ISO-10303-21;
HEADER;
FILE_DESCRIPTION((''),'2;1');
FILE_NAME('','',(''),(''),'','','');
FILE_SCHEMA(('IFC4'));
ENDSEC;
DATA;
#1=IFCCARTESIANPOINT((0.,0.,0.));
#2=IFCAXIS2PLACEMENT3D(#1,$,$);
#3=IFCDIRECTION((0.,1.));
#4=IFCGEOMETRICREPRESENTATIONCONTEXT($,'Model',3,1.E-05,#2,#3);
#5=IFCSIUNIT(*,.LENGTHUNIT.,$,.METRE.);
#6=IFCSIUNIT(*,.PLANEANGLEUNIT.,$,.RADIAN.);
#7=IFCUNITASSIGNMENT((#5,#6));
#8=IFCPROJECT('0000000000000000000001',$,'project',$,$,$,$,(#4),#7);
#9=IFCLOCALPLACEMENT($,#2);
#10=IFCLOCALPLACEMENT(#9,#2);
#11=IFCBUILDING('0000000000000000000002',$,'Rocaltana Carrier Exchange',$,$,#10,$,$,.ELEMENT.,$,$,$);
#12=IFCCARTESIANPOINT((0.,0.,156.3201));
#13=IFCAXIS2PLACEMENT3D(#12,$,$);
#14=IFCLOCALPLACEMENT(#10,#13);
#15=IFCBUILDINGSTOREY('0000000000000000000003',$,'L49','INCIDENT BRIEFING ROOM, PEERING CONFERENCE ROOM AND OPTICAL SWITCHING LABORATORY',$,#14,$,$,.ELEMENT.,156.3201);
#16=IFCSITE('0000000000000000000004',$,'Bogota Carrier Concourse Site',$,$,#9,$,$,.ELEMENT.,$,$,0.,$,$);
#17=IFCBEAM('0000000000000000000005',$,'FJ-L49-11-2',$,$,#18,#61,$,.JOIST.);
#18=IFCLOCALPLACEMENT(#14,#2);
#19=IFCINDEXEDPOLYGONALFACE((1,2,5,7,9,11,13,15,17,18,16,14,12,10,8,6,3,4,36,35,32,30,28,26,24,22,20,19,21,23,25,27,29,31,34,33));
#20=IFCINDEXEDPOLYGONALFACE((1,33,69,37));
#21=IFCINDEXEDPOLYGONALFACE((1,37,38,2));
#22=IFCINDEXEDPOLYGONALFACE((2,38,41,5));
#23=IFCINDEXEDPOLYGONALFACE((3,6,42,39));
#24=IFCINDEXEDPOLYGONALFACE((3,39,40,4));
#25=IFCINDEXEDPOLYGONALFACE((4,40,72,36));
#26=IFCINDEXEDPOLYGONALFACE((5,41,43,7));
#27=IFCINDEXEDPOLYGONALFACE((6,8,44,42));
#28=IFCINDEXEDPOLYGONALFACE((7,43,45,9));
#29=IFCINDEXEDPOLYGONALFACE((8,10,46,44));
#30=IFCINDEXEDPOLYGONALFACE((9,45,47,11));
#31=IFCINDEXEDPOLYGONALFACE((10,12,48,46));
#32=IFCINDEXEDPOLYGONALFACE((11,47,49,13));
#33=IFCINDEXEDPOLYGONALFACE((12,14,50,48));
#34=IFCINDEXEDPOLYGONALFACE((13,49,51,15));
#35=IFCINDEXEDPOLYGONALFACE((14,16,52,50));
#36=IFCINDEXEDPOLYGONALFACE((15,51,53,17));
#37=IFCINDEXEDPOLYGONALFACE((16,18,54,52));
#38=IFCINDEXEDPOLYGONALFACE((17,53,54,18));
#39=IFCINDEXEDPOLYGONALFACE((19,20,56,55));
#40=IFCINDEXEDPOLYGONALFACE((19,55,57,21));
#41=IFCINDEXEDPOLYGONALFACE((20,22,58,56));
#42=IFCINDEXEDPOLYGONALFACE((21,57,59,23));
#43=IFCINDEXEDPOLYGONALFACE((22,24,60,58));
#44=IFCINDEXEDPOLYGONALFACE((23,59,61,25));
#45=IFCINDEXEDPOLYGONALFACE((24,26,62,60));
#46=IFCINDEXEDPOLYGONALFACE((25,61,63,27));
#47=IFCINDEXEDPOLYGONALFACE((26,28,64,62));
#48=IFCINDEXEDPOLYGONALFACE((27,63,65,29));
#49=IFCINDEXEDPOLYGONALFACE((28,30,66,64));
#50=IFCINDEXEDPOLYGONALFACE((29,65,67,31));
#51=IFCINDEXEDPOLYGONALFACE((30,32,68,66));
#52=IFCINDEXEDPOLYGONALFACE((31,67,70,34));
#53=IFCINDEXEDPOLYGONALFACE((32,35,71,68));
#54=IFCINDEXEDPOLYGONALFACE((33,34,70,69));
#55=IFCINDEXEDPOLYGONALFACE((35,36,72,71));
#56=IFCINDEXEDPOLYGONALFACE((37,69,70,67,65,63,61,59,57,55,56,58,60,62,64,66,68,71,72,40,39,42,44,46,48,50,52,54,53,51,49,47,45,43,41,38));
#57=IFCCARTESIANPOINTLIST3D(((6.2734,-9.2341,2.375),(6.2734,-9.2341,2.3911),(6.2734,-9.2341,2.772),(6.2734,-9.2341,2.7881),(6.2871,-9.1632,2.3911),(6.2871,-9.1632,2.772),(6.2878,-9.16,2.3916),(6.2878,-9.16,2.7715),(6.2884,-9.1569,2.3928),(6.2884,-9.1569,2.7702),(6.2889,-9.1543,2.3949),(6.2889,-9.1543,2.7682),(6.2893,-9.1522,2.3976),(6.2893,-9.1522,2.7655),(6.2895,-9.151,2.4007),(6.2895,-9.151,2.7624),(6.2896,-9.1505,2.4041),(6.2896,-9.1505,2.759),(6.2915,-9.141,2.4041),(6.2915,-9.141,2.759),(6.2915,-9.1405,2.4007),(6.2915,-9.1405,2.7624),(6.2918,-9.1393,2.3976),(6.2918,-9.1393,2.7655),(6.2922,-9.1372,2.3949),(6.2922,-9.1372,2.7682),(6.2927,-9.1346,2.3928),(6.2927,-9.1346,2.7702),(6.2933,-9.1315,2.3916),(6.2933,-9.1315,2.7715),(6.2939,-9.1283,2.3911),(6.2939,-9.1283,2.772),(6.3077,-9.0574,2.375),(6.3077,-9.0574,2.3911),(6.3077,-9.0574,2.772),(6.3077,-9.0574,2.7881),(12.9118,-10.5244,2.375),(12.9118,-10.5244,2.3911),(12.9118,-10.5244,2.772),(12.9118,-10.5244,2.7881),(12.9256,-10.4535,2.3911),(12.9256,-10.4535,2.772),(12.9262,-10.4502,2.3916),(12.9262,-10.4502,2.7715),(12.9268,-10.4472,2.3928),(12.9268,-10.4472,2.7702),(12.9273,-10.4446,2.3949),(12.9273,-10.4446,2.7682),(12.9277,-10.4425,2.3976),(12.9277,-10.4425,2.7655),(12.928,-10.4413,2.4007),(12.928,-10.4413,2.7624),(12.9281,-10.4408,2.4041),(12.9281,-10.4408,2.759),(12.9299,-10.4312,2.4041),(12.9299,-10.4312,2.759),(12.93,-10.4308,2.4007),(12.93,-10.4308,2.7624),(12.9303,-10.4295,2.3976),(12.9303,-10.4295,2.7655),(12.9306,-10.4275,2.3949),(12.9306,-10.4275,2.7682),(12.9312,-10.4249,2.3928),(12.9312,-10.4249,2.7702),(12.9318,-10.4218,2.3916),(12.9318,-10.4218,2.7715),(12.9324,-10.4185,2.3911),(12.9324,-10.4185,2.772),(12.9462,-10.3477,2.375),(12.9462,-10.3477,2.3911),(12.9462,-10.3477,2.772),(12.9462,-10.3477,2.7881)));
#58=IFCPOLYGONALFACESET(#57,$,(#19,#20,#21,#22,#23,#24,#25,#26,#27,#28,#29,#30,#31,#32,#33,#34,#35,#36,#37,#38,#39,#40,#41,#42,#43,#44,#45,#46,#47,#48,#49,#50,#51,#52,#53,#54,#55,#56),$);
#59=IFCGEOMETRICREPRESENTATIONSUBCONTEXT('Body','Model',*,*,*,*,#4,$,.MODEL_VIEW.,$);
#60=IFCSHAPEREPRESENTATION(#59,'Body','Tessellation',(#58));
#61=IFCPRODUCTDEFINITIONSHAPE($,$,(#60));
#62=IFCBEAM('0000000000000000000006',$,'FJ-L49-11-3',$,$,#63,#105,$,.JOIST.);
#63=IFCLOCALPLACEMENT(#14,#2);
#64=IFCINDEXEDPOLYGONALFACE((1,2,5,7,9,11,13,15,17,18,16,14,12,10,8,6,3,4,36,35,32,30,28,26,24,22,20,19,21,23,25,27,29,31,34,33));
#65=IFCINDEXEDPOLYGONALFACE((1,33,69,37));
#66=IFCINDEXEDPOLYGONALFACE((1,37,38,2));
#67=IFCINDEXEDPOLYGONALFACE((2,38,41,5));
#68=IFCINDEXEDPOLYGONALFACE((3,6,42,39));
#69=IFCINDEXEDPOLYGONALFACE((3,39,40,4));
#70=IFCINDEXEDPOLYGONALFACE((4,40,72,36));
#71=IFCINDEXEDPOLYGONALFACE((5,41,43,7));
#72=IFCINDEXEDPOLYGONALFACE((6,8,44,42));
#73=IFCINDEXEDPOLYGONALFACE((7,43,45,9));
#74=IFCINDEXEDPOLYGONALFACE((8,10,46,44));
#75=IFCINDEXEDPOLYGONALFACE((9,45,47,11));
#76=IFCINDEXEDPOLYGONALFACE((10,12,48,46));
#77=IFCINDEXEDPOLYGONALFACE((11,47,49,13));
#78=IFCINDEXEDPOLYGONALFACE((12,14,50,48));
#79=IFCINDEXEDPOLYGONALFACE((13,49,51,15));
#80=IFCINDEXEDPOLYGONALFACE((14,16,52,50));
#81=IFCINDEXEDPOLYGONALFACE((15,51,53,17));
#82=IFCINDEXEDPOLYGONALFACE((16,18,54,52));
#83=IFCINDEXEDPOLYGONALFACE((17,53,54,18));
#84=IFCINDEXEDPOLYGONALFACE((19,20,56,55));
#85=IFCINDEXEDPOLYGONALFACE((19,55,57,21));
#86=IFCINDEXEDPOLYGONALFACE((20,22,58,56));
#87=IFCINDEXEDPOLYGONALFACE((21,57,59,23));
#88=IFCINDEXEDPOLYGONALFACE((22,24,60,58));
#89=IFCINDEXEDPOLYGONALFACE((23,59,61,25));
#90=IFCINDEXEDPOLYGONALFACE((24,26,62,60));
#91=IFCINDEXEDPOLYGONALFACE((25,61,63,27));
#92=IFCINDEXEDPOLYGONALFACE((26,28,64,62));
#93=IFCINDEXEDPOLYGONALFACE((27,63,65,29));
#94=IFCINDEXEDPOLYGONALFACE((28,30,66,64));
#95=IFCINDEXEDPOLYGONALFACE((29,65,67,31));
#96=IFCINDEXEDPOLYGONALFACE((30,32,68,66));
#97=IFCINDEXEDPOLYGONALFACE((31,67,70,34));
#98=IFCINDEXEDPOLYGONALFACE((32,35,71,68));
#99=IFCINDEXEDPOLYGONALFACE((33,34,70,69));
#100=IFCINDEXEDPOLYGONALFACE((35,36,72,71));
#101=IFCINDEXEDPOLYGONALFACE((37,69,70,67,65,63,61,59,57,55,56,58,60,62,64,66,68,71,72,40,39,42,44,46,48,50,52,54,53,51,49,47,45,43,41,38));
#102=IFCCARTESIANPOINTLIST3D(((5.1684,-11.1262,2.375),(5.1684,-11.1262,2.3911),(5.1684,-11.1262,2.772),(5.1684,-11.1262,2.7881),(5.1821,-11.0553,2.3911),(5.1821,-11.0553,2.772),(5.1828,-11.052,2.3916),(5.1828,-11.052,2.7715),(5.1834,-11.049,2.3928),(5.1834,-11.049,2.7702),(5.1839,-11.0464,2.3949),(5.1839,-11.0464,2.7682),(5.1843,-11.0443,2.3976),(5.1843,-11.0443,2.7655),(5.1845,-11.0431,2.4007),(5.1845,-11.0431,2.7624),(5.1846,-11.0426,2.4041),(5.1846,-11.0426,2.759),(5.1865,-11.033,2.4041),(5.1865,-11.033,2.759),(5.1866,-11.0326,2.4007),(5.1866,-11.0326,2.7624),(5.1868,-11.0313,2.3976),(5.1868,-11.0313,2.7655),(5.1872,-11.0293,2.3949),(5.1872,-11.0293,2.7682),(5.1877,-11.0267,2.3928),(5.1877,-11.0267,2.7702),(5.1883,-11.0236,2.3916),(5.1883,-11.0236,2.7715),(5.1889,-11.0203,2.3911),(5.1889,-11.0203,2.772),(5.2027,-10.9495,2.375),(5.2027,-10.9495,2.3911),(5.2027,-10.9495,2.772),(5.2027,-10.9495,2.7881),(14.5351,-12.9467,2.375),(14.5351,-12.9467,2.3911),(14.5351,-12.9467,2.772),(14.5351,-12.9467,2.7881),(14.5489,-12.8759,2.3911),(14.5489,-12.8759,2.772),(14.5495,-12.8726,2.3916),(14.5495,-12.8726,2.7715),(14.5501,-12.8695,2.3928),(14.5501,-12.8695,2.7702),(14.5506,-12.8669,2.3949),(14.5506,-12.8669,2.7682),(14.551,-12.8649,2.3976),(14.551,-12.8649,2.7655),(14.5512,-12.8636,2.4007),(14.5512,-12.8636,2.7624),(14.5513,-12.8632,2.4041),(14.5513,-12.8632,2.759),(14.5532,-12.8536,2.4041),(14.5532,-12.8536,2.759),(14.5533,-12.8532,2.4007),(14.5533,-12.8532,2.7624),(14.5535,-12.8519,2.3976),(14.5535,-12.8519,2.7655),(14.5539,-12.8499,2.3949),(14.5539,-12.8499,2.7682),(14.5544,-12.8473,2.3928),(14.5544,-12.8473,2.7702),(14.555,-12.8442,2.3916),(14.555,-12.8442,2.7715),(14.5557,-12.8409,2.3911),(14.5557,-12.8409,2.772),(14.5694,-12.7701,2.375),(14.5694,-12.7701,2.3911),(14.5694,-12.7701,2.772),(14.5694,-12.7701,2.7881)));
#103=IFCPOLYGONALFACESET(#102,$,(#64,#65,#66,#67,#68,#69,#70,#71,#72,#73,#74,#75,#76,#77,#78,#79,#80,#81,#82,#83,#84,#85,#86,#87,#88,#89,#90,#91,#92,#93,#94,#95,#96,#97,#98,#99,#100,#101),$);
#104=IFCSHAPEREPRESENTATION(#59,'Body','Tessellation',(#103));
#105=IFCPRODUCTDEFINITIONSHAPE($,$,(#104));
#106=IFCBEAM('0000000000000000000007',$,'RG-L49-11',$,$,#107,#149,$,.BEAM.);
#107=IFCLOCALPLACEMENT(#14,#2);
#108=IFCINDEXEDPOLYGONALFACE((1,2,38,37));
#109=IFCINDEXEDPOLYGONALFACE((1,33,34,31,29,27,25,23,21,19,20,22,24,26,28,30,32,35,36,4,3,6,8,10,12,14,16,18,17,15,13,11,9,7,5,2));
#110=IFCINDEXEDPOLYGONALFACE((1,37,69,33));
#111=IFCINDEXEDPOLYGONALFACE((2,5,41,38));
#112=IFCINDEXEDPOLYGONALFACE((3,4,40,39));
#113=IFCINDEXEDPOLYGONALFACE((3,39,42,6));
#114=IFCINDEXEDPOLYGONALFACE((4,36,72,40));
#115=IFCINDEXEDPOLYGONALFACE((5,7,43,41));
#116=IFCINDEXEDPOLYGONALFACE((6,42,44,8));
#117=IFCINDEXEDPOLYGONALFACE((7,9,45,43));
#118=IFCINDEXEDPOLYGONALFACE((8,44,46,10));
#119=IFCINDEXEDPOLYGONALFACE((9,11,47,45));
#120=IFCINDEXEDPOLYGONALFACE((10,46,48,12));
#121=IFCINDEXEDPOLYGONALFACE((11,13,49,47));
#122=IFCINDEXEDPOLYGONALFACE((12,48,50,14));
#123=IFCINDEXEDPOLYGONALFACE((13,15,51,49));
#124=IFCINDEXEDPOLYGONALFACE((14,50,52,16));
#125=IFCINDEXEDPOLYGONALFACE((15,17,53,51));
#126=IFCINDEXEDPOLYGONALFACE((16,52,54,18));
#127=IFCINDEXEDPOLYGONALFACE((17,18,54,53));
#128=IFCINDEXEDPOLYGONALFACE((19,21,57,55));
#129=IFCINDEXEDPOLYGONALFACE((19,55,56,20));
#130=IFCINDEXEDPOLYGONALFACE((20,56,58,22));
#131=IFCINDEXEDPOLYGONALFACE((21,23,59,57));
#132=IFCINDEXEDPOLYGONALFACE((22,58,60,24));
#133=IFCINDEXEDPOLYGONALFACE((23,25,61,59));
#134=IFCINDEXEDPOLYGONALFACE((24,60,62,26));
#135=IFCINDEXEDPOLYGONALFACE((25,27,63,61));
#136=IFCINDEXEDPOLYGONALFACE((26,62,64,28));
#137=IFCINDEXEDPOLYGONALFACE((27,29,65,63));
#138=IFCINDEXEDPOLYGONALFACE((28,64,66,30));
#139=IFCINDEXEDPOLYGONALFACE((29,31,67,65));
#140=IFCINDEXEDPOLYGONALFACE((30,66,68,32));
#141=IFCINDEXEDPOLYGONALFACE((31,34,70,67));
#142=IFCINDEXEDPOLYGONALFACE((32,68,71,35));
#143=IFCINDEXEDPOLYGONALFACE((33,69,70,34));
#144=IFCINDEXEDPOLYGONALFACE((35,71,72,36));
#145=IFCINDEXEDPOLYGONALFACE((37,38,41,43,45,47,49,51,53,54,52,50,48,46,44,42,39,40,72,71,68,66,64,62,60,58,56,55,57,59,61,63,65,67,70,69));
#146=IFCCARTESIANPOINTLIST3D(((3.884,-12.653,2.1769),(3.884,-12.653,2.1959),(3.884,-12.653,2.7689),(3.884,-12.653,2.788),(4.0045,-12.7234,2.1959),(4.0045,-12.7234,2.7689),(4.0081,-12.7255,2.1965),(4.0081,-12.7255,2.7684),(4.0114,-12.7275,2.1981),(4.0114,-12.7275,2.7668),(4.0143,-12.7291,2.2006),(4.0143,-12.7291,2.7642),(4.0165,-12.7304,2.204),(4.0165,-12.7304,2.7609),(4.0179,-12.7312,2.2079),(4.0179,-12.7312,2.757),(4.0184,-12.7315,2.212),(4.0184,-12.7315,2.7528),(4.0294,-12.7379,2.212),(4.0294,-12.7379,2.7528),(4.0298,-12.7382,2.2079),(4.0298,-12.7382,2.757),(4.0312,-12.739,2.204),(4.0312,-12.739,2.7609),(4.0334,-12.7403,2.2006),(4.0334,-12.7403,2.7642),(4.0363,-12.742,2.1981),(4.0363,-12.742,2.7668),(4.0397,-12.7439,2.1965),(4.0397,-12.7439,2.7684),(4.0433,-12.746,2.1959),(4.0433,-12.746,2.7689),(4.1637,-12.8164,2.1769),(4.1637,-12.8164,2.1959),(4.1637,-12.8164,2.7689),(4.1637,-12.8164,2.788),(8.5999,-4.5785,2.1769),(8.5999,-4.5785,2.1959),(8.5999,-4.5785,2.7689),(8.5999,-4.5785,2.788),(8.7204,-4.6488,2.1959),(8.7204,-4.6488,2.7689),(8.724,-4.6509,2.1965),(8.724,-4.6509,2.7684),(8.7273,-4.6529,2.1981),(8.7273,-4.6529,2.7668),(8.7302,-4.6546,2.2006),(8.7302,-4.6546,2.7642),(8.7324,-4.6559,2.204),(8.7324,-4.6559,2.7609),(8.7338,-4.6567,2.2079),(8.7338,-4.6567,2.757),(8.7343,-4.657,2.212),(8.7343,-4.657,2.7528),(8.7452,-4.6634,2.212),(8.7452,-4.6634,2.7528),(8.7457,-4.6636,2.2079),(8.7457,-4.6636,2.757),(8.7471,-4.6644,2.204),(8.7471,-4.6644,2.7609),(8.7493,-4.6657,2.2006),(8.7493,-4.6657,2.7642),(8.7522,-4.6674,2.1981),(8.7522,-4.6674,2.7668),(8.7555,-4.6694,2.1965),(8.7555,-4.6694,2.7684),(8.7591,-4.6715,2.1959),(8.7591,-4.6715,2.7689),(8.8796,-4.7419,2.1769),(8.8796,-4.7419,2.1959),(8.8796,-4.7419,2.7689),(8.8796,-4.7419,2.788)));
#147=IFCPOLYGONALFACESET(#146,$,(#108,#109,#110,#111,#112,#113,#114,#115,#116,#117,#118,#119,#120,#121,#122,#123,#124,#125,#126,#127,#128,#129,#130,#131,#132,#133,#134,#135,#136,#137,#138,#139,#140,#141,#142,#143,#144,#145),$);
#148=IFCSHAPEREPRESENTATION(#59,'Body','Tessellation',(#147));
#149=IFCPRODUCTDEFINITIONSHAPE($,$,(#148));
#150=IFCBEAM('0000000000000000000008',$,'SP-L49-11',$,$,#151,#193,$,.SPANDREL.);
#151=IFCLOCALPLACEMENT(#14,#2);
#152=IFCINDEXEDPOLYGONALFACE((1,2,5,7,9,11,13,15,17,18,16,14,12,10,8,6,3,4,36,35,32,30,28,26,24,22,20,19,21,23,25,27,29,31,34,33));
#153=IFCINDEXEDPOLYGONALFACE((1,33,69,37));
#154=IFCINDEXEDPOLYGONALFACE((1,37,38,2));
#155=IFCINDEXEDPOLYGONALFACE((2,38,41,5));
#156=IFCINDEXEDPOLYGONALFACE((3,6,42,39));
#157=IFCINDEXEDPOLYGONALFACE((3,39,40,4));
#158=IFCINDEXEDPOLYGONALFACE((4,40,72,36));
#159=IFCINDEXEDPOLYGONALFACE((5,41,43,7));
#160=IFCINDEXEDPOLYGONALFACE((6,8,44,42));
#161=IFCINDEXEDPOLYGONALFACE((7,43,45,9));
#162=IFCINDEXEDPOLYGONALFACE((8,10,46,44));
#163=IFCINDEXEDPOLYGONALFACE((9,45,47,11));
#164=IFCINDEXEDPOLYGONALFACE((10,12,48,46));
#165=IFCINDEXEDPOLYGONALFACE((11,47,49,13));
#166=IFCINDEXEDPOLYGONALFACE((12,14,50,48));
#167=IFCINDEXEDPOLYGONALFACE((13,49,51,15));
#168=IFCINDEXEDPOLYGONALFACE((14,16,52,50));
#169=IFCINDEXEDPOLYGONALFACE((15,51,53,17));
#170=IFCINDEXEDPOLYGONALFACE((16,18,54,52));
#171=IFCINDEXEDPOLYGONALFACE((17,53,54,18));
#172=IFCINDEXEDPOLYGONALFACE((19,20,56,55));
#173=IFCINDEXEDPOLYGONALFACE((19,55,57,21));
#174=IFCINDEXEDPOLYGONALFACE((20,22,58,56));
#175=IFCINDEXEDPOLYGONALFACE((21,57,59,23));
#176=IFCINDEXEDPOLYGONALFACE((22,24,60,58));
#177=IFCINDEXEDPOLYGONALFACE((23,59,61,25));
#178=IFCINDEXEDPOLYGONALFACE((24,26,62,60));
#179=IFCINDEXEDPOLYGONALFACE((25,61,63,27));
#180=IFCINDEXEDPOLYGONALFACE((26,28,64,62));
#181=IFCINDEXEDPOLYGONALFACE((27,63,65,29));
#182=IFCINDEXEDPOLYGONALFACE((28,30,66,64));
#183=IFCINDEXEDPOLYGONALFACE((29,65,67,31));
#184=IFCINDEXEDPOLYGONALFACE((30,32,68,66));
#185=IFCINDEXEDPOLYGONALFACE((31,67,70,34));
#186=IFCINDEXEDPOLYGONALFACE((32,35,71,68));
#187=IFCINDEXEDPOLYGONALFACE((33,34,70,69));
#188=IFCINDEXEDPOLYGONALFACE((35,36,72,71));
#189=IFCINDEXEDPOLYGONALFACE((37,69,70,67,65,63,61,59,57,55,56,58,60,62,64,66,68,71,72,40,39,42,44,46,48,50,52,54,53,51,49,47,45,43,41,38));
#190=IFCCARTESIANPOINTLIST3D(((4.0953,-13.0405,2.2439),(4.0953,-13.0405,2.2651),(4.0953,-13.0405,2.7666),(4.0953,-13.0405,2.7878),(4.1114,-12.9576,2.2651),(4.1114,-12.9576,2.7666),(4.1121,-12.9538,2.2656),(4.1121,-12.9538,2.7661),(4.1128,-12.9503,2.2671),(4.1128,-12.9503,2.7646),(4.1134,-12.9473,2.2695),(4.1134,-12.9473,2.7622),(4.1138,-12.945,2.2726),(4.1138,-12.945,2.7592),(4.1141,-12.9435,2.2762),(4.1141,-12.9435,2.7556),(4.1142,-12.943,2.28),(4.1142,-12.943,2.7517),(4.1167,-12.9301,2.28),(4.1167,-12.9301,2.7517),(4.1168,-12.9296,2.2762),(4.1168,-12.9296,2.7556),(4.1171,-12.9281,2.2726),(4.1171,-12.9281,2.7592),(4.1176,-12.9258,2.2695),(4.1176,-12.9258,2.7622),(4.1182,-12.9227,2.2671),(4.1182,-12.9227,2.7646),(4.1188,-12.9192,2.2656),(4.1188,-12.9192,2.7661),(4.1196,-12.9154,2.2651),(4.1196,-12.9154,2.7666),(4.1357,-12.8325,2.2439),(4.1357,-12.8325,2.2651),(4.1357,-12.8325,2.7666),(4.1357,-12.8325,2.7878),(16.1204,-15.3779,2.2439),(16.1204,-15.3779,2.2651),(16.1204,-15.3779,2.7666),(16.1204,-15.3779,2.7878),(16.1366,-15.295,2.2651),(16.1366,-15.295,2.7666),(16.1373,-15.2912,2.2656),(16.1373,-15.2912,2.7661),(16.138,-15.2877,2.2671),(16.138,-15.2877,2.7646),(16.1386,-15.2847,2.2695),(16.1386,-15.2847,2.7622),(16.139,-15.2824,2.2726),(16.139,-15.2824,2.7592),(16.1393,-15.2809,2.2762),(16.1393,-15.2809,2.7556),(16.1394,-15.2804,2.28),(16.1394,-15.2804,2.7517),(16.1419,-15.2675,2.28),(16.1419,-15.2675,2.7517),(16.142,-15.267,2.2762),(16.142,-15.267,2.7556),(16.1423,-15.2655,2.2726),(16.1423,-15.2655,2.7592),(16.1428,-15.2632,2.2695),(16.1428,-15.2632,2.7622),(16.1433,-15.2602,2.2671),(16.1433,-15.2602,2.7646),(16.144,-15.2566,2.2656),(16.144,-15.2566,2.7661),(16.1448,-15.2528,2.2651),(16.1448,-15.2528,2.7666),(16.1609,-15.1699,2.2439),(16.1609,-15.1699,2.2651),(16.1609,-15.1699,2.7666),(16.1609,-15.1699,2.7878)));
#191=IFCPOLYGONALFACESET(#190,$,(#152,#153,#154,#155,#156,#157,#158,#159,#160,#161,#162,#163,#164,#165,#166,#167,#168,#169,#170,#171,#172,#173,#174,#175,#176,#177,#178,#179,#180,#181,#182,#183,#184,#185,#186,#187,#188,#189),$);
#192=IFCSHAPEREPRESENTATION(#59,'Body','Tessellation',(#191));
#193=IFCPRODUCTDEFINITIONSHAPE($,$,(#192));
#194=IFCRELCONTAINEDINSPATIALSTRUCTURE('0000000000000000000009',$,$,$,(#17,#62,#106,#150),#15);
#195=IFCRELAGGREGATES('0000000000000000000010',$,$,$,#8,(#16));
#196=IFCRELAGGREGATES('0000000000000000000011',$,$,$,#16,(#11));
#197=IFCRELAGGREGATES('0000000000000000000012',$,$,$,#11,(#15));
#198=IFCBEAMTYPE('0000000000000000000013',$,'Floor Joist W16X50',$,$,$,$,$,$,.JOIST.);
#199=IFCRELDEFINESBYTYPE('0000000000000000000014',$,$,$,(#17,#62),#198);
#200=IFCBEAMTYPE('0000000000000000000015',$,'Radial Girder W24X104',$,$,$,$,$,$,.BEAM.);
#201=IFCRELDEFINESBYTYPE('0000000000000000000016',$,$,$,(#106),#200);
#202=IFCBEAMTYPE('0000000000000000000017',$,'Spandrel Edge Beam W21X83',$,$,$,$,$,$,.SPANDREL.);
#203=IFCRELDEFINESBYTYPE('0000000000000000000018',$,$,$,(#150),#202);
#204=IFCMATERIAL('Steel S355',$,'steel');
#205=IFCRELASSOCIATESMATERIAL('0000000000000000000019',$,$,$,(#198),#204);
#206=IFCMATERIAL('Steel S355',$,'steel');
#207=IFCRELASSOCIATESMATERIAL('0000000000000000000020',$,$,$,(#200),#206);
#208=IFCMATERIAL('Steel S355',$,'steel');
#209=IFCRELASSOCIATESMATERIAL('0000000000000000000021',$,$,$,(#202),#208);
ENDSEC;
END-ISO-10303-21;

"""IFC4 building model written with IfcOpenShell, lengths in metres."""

from ifc_helpers import new_model, si_unit, direction, frame, origin, origin_2d, place, context, subcontext, project, spatial, i_section, extrude, material, material_profile, profile_set, type_object, element, save


model = new_model("IFC4")

# Units and contexts
model_context = context("Model", 3, precision=1e-05, world=origin(), true_north=direction((0.0, 1.0)))
body_context = subcontext(model_context, "Body", "Model", "MODEL_VIEW")
ifc_project = project(units=[si_unit("LENGTHUNIT", "METRE"), si_unit("PLANEANGLEUNIT", "RADIAN")], contexts=[model_context])

# Site, building, storey
site_placement = place(None, origin())
site = spatial("IfcSite", under=ifc_project, at=site_placement, Name="Bogota Carrier Concourse Site", CompositionType="ELEMENT", RefElevation=0.0)
building_placement = place(site_placement, origin())
building = spatial("IfcBuilding", under=site, at=building_placement, Name="Rocaltana Carrier Exchange", CompositionType="ELEMENT")
storey_placement = place(building_placement, frame((0.0, 0.0, 156.3201)))
storey = spatial("IfcBuildingStorey", under=building, at=storey_placement, Name="L49", Description="INCIDENT BRIEFING ROOM, PEERING CONFERENCE ROOM AND OPTICAL SWITCHING LABORATORY", CompositionType="ELEMENT", Elevation=156.3201)

# Beams
ifc_material_1 = material(Name="Steel S355", Category="steel")
ifc_material_profile_1 = material_profile(ifc_material_1, i_section(OverallWidth=0.1799, OverallDepth=0.4131, WebThickness=0.0098, FlangeThickness=0.0161, FilletRadius=0.0129, at=origin_2d()), Name="W16X50")
ifc_profile_set_1 = profile_set([ifc_material_profile_1], Name="Steel S355")
beam_type_1 = type_object("IfcBeamType", Name="Floor Joist W16X50", PredefinedType="JOIST", material=ifc_profile_set_1)
beam_1_placement = place(storey_placement, frame((6.2905, -9.1458, 2.5815), z_axis=(0.98163, -0.190795, 0.0), x_axis=(0.190795, 0.98163, 0.0)))
element("IfcBeam", 1, at=beam_1_placement, inside=storey, type_object=beam_type_1, Name="FJ-L49-11-2", PredefinedType="JOIST", context=body_context, shape_type="SweptSolid", body=[
    extrude(i_section(OverallWidth=0.1799, OverallDepth=0.4131, WebThickness=0.0098, FlangeThickness=0.0161, FilletRadius=0.0129, at=origin_2d()), origin(), (0.0, 0.0, 1.0), 6.7627),
])
beam_2_placement = place(storey_placement, frame((5.1855, -11.0378, 2.5815), z_axis=(0.98163, -0.190794, 0.0), x_axis=(0.190794, 0.98163, 0.0)))
element("IfcBeam", 2, at=beam_2_placement, inside=storey, type_object=beam_type_1, Name="FJ-L49-11-3", PredefinedType="JOIST", context=body_context, shape_type="SweptSolid", body=[
    extrude(i_section(OverallWidth=0.1799, OverallDepth=0.4131, WebThickness=0.0098, FlangeThickness=0.0161, FilletRadius=0.0129, at=origin_2d()), origin(), (0.0, 0.0, 1.0), 9.542),
])
ifc_material_2 = material(Name="Steel S355", Category="steel")
ifc_material_profile_2 = material_profile(ifc_material_2, i_section(OverallWidth=0.324, OverallDepth=0.6111, WebThickness=0.0127, FlangeThickness=0.019, FilletRadius=0.0161, at=origin_2d()), Name="W24X104")
ifc_profile_set_2 = profile_set([ifc_material_profile_2], Name="Steel S355")
beam_type_2 = type_object("IfcBeamType", Name="Radial Girder W24X104", PredefinedType="BEAM", material=ifc_profile_set_2)
beam_3_placement = place(storey_placement, frame((8.7397, -4.6602, 2.4824), z_axis=(-0.504327, -0.863513, 0.0), x_axis=(0.863513, -0.504327, 0.0)))
element("IfcBeam", 3, at=beam_3_placement, inside=storey, type_object=beam_type_2, Name="RG-L49-11", PredefinedType="BEAM", context=body_context, shape_type="SweptSolid", body=[
    extrude(i_section(OverallWidth=0.324, OverallDepth=0.6111, WebThickness=0.0127, FlangeThickness=0.019, FilletRadius=0.0161, at=origin_2d()), origin(), (0.0, 0.0, 1.0), 9.3508),
])
ifc_material_3 = material(Name="Steel S355", Category="steel")
ifc_material_profile_3 = material_profile(ifc_material_3, i_section(OverallWidth=0.2119, OverallDepth=0.5439, WebThickness=0.0132, FlangeThickness=0.0212, FilletRadius=0.0149, at=origin_2d()), Name="W21X83")
ifc_profile_set_3 = profile_set([ifc_material_profile_3], Name="Steel S355")
beam_type_3 = type_object("IfcBeamType", Name="Spandrel Edge Beam W21X83", PredefinedType="SPANDREL", material=ifc_profile_set_3)
beam_4_placement = place(storey_placement, frame((4.1155, -12.9365, 2.5159), z_axis=(0.981628, -0.190805, 0.0), x_axis=(0.190805, 0.981628, 0.0)))
element("IfcBeam", 4, at=beam_4_placement, inside=storey, type_object=beam_type_3, Name="SP-L49-11", PredefinedType="SPANDREL", context=body_context, shape_type="SweptSolid", body=[
    extrude(i_section(OverallWidth=0.2119, OverallDepth=0.5439, WebThickness=0.0132, FlangeThickness=0.0212, FilletRadius=0.0149, at=origin_2d()), origin(), (0.0, 0.0, 1.0), 12.2502),
])

save(model, "model.ifc")
